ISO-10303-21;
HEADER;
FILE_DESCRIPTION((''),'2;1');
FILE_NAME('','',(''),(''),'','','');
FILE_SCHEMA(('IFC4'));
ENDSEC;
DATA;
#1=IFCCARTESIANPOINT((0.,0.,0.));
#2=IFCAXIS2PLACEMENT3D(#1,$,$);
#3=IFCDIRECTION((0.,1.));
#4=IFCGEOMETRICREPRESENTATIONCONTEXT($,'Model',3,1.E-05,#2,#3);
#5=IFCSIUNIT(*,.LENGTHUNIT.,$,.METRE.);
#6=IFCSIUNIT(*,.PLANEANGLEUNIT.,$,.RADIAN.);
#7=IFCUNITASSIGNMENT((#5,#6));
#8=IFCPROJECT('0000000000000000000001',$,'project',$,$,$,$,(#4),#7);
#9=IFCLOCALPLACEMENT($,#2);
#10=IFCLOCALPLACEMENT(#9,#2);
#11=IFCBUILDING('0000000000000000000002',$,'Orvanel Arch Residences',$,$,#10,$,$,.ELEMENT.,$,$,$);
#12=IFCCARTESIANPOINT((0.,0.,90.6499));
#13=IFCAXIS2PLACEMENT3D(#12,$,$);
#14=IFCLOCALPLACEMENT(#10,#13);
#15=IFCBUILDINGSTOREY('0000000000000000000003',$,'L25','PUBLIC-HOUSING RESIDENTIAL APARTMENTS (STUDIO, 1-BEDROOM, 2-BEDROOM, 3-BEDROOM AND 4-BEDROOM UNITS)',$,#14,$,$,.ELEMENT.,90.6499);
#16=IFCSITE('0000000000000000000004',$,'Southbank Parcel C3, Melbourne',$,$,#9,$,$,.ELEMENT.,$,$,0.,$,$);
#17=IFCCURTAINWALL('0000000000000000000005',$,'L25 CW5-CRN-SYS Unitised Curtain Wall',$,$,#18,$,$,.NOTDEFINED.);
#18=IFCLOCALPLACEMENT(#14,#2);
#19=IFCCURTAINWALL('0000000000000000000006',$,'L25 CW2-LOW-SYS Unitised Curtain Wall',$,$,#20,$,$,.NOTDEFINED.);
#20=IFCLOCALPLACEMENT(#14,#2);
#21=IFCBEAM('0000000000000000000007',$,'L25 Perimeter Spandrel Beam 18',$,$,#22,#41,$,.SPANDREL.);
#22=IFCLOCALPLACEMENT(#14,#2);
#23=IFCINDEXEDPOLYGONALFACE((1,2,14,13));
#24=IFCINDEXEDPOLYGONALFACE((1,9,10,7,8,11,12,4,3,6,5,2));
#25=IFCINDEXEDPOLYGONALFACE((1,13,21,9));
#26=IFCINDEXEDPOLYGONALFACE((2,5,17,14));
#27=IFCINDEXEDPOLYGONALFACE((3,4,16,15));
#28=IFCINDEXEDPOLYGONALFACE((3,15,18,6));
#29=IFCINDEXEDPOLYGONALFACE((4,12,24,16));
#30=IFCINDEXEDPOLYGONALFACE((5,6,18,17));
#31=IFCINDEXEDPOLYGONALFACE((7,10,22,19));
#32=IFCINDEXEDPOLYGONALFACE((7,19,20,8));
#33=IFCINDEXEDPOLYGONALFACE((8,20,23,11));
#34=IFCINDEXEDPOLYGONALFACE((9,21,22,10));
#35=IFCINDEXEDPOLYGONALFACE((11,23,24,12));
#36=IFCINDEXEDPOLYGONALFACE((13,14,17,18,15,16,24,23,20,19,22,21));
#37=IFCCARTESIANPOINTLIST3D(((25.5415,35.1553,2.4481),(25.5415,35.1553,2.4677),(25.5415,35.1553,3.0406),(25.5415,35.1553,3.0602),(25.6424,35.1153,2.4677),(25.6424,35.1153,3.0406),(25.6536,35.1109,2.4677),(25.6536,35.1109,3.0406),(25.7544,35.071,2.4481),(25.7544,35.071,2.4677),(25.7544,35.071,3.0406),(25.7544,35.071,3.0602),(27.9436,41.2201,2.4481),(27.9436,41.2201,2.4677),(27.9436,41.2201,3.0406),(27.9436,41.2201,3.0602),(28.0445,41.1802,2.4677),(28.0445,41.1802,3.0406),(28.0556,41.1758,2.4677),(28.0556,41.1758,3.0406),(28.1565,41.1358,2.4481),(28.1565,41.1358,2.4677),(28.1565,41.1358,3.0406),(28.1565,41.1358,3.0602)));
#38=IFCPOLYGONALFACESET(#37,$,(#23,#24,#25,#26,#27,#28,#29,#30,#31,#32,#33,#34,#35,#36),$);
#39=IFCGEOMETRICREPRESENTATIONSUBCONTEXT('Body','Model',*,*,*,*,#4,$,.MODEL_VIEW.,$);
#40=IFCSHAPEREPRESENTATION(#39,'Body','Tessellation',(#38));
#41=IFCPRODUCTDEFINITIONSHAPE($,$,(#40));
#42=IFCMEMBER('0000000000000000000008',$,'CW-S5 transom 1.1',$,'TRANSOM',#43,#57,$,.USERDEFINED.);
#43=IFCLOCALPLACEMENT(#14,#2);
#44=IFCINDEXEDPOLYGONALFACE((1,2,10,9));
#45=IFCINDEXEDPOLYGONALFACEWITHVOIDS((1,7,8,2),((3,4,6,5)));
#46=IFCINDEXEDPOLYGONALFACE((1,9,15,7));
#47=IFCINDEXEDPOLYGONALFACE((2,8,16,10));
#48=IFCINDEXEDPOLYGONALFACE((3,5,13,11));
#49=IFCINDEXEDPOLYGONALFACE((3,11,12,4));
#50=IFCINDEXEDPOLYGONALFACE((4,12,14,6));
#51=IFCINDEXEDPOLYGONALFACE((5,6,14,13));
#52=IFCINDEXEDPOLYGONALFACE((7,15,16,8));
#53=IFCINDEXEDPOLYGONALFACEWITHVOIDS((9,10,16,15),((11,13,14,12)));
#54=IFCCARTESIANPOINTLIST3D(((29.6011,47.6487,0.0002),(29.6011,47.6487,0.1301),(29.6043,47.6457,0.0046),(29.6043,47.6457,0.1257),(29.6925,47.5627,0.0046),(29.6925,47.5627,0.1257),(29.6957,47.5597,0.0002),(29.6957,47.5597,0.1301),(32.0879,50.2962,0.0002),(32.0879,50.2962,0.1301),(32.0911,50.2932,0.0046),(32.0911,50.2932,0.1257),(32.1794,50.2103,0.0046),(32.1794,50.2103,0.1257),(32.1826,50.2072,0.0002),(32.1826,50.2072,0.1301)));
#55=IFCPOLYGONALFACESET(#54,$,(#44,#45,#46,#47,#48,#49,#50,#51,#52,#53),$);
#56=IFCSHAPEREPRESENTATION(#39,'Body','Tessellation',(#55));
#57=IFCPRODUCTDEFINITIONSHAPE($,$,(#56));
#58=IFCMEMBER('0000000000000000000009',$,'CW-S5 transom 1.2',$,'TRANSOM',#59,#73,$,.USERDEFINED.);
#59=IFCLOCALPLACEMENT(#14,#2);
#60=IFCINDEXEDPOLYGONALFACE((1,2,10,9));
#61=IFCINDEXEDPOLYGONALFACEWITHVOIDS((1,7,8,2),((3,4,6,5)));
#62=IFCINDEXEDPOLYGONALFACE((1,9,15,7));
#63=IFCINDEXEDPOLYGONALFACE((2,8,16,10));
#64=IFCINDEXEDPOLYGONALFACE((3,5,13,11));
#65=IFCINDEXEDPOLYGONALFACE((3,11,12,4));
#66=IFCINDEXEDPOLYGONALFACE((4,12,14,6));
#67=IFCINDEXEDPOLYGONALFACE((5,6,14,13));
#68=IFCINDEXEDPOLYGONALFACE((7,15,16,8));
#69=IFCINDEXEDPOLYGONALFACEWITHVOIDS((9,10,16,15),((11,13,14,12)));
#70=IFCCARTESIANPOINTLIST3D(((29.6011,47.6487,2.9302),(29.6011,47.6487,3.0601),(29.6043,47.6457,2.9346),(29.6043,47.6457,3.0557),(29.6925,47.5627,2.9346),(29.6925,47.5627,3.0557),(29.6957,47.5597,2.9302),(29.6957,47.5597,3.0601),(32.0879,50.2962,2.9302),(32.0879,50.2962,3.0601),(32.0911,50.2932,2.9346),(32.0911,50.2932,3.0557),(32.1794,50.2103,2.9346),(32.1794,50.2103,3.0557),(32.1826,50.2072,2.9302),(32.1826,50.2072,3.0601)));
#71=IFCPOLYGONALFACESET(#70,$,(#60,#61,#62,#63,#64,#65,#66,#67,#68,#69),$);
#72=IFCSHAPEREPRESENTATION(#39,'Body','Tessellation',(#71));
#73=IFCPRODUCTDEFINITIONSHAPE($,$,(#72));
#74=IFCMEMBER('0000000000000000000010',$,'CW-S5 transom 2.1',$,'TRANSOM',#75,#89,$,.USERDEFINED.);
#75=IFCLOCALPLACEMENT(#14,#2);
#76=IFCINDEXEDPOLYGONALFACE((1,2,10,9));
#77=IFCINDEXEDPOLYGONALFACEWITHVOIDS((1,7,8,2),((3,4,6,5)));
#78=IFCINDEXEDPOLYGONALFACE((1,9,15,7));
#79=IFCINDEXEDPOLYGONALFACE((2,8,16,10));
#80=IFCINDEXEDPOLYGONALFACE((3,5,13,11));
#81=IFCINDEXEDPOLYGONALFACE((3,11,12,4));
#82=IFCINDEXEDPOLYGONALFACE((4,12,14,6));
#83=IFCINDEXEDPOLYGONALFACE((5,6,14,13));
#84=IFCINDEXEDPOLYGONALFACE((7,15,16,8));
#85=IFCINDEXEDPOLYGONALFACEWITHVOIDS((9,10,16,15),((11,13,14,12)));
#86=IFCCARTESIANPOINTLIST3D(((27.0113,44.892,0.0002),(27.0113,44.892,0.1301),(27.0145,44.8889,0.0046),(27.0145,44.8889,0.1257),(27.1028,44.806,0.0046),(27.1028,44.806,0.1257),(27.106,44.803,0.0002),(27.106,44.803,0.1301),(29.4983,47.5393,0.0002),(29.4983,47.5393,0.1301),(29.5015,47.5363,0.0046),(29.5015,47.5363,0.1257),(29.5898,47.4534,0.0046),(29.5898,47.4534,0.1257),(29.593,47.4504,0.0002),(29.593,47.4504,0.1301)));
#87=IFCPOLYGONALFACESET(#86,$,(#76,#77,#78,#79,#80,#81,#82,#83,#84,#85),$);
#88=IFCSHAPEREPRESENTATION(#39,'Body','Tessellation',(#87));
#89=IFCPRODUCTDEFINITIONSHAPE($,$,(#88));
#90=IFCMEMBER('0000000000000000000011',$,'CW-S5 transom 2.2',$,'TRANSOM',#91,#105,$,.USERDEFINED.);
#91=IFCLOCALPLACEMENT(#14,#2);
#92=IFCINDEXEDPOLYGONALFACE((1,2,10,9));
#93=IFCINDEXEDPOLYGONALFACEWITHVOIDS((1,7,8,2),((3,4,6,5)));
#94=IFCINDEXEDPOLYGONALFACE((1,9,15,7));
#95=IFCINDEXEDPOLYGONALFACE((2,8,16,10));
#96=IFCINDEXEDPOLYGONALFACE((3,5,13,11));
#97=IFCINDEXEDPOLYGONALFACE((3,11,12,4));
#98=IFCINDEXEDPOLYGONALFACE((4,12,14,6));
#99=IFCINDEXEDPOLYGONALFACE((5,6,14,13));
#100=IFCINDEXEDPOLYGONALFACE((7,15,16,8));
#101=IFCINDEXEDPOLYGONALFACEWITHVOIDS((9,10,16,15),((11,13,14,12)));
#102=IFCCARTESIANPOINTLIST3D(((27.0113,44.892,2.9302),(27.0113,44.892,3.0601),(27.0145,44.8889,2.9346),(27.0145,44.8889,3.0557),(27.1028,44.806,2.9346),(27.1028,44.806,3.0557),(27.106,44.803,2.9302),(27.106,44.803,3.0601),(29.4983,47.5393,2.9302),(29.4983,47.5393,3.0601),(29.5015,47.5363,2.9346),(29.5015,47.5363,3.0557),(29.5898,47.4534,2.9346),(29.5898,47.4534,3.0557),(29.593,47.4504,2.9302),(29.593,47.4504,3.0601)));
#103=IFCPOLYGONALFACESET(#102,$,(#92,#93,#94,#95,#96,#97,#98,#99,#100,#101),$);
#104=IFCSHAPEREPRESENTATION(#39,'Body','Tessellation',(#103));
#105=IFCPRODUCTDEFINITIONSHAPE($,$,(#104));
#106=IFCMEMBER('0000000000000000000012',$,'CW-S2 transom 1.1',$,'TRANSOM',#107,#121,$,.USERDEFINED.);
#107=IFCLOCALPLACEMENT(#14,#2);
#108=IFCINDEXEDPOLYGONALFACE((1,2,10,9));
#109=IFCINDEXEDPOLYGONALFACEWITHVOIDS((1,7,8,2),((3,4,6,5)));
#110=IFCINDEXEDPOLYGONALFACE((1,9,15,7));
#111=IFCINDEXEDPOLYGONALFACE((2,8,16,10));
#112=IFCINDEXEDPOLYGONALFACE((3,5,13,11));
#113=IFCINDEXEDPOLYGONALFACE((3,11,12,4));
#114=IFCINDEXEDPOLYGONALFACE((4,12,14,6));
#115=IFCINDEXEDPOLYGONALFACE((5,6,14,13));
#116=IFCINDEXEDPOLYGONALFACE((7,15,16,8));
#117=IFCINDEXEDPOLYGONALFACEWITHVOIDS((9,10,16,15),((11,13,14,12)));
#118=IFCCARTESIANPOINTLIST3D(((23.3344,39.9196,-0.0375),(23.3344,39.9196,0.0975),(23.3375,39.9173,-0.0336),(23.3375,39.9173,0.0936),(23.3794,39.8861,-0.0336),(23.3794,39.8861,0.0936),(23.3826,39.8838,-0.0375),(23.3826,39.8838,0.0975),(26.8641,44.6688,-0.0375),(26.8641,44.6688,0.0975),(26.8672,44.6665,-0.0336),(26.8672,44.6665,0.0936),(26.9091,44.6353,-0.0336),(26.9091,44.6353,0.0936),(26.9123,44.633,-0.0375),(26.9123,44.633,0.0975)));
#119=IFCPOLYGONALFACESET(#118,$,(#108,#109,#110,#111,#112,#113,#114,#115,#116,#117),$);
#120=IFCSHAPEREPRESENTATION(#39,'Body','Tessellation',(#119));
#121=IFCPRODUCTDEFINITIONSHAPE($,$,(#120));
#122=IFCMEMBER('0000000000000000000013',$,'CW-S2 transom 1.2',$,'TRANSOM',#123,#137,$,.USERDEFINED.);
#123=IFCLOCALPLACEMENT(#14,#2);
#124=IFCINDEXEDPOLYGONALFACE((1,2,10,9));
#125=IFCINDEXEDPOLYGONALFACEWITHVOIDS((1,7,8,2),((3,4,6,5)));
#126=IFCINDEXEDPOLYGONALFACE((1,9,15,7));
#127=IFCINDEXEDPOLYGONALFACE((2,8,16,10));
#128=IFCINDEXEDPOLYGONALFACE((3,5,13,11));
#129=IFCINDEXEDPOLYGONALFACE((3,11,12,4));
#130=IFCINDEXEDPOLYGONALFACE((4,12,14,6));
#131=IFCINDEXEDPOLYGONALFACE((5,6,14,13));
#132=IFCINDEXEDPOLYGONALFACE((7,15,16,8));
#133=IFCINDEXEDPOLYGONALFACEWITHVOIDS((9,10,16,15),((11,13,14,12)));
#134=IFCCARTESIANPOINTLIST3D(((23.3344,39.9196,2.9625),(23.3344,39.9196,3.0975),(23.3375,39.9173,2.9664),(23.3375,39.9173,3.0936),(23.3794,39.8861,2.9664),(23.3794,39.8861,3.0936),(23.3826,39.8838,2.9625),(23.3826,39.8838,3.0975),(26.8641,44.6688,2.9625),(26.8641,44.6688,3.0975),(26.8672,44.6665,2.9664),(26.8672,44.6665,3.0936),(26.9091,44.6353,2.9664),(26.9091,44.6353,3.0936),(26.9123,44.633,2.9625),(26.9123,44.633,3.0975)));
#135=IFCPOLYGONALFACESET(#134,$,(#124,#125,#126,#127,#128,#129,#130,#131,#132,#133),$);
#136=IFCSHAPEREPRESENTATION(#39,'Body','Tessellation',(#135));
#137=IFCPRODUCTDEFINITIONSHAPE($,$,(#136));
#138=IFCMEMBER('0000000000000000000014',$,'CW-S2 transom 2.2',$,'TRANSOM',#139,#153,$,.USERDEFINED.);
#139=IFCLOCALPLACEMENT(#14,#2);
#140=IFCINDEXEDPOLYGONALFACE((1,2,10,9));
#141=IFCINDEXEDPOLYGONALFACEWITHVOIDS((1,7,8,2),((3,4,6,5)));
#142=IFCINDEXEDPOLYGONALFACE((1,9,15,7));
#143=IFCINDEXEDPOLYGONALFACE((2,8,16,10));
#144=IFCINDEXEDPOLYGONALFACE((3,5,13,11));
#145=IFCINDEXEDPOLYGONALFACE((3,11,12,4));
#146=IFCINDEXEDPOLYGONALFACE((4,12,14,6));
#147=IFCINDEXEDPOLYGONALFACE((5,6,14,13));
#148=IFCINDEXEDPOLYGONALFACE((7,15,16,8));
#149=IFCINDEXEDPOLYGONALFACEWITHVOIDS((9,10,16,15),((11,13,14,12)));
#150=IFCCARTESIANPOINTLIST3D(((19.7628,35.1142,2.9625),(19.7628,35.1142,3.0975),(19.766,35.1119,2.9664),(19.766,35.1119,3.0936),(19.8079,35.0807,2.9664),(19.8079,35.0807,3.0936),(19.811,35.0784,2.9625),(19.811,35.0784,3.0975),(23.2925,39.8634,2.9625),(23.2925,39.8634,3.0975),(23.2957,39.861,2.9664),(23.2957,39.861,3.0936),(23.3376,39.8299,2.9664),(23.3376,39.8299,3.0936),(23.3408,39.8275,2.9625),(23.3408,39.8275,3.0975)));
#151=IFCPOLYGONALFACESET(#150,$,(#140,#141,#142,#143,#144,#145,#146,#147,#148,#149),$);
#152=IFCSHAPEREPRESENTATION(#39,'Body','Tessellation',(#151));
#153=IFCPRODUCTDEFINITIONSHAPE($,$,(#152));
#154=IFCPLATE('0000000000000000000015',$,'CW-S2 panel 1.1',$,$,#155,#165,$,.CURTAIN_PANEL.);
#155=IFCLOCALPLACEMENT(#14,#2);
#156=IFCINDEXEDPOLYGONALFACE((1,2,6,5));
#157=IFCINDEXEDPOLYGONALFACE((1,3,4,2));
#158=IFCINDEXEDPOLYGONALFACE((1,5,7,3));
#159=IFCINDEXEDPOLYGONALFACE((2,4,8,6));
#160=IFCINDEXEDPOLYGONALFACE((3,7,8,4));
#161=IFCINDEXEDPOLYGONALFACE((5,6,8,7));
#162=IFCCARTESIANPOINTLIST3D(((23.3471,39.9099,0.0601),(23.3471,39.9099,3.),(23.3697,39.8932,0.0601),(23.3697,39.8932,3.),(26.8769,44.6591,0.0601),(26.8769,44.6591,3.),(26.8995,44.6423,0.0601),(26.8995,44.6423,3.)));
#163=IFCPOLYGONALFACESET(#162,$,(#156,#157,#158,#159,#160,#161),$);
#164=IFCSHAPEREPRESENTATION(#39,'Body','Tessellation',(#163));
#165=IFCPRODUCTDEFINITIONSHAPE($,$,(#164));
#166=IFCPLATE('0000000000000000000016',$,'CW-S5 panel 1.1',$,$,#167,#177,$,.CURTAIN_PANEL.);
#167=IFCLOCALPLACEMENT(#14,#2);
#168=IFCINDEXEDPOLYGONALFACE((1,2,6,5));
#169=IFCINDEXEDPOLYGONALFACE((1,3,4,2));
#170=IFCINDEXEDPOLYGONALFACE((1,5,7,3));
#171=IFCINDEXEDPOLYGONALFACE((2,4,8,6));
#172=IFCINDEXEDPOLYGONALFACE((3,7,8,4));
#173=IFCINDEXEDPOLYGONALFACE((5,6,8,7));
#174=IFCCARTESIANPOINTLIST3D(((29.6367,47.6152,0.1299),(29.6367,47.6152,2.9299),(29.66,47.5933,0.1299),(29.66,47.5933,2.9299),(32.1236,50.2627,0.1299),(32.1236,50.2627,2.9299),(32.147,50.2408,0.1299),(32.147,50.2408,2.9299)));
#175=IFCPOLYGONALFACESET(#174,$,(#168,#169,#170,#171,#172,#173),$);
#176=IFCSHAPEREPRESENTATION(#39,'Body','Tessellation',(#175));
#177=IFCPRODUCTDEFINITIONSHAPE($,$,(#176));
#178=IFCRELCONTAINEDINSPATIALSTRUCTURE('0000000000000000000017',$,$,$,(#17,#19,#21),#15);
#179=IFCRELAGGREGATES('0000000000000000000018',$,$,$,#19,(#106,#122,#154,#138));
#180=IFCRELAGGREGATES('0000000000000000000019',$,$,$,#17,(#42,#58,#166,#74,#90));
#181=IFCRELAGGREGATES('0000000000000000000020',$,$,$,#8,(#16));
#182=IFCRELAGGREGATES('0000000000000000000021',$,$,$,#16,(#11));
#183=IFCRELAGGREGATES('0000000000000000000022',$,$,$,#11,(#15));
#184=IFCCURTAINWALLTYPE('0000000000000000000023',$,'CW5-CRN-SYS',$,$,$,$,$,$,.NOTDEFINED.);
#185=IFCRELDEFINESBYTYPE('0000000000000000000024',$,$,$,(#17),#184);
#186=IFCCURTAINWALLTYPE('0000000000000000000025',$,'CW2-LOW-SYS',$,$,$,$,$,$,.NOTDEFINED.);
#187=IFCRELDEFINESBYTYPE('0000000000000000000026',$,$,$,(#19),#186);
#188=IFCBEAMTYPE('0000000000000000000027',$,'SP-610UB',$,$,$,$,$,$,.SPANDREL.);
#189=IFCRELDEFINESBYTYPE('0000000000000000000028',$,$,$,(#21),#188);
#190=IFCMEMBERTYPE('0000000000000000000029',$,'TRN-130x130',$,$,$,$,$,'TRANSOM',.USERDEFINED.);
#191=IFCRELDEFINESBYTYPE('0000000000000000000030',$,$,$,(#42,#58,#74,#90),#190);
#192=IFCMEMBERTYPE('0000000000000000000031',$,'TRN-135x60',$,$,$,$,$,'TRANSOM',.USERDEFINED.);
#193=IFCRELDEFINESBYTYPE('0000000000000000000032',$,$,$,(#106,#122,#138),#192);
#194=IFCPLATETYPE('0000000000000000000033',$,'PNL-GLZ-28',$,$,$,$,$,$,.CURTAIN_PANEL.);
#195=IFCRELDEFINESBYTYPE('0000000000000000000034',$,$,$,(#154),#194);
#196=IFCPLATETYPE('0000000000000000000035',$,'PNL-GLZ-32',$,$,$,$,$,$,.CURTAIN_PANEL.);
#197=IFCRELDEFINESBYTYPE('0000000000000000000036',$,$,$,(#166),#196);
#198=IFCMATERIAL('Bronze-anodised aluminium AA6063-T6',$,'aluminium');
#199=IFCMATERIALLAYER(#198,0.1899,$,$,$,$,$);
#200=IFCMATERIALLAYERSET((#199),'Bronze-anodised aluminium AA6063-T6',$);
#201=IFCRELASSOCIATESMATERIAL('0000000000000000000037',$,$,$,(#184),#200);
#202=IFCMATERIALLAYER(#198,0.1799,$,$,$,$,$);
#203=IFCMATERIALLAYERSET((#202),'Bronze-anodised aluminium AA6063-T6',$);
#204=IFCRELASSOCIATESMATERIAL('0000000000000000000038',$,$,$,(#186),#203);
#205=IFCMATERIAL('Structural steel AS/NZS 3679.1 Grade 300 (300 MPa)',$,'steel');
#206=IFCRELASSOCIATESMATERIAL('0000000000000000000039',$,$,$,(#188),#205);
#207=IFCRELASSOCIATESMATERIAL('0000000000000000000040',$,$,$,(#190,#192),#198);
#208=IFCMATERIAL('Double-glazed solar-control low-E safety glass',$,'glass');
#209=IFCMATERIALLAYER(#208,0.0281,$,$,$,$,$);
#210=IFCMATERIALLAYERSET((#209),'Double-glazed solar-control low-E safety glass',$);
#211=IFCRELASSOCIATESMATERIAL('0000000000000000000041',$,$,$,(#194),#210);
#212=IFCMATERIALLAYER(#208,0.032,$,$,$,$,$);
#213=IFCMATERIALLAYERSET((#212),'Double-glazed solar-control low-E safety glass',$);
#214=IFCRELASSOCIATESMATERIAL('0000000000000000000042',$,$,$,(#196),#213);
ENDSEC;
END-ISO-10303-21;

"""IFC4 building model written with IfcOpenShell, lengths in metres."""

from ifc_helpers import new_model, si_unit, direction, frame, origin, origin_2d, place, context, subcontext, project, spatial, rectangle, hollow_rectangle, i_section, extrude, material, layer, layer_set, material_profile, profile_set, type_object, element, aggregate, save


model = new_model("IFC4")

# Units and contexts
model_context = context("Model", 3, precision=1e-05, world=origin(), true_north=direction((0.0, 1.0)))
body_context = subcontext(model_context, "Body", "Model", "MODEL_VIEW")
ifc_project = project(units=[si_unit("LENGTHUNIT", "METRE"), si_unit("PLANEANGLEUNIT", "RADIAN")], contexts=[model_context])

# Site, building, storey
site_placement = place(None, origin())
site = spatial("IfcSite", under=ifc_project, at=site_placement, Name="Southbank Parcel C3, Melbourne", CompositionType="ELEMENT", RefElevation=0.0)
building_placement = place(site_placement, origin())
building = spatial("IfcBuilding", under=site, at=building_placement, Name="Orvanel Arch Residences", CompositionType="ELEMENT")
storey_placement = place(building_placement, frame((0.0, 0.0, 90.6499)))
storey = spatial("IfcBuildingStorey", under=building, at=storey_placement, Name="L25", Description="PUBLIC-HOUSING RESIDENTIAL APARTMENTS (STUDIO, 1-BEDROOM, 2-BEDROOM, 3-BEDROOM AND 4-BEDROOM UNITS)", CompositionType="ELEMENT", Elevation=90.6499)

# Shared definitions
ifc_material_1 = material(Name="Bronze-anodised aluminium AA6063-T6", Category="aluminium")
ifc_layer_1 = layer(ifc_material_1, 0.1899)
ifc_layer_set_1 = layer_set([ifc_layer_1], Name="Bronze-anodised aluminium AA6063-T6")
curtain_wall_type_1 = type_object("IfcCurtainWallType", Name="CW5-CRN-SYS", PredefinedType="NOTDEFINED", material=ifc_layer_set_1)

# Curtain walls
curtain_wall_1_placement = place(storey_placement, origin())
curtain_wall_1 = element("IfcCurtainWall", 1, at=curtain_wall_1_placement, inside=storey, type_object=curtain_wall_type_1, Name="L25 CW5-CRN-SYS Unitised Curtain Wall", PredefinedType="NOTDEFINED")
ifc_layer_2 = layer(ifc_material_1, 0.1799)
ifc_layer_set_2 = layer_set([ifc_layer_2], Name="Bronze-anodised aluminium AA6063-T6")
curtain_wall_type_2 = type_object("IfcCurtainWallType", Name="CW2-LOW-SYS", PredefinedType="NOTDEFINED", material=ifc_layer_set_2)
curtain_wall_2_placement = place(storey_placement, origin())
curtain_wall_2 = element("IfcCurtainWall", 2, at=curtain_wall_2_placement, inside=storey, type_object=curtain_wall_type_2, Name="L25 CW2-LOW-SYS Unitised Curtain Wall", PredefinedType="NOTDEFINED")

# Beam
ifc_material_2 = material(Name="Structural steel AS/NZS 3679.1 Grade 300 (300 MPa)", Category="steel")
ifc_material_profile_1 = material_profile(ifc_material_2, i_section(OverallWidth=0.229, OverallDepth=0.6121, WebThickness=0.012, FlangeThickness=0.0195, at=origin_2d()), Name="610UB125")
ifc_profile_set_1 = profile_set([ifc_material_profile_1], Name="Structural steel AS/NZS 3679.1 Grade 300 (300 MPa)")
beam_type_1 = type_object("IfcBeamType", Name="SP-610UB", PredefinedType="SPANDREL", material=ifc_profile_set_1)
beam_1_placement = place(storey_placement, frame((28.05, 41.178, 2.7542), z_axis=(-0.368233, -0.929733, 0.0), x_axis=(0.929733, -0.368233, 0.0)))
element("IfcBeam", 3, at=beam_1_placement, inside=storey, type_object=beam_type_1, Name="L25 Perimeter Spandrel Beam 18", PredefinedType="SPANDREL", context=body_context, shape_type="SweptSolid", body=[
    extrude(i_section(OverallWidth=0.229, OverallDepth=0.6121, WebThickness=0.012, FlangeThickness=0.0195, at=origin_2d()), origin(), (0.0, 0.0, 1.0), 6.5232),
])

# Members
ifc_material_profile_2 = material_profile(ifc_material_1, hollow_rectangle(XDim=0.1299, YDim=0.1299, WallThickness=0.0044, at=origin_2d()), Name="ALU130x130x4.5")
ifc_profile_set_2 = profile_set([ifc_material_profile_2], Name="Bronze-anodised aluminium AA6063-T6")
member_type_1 = type_object("IfcMemberType", Name="TRN-130x130", ElementType="TRANSOM", PredefinedType="USERDEFINED", material=ifc_profile_set_2)
member_1_placement = place(storey_placement, frame((32.1353, 50.2517, 0.0652), z_axis=(-0.684647, -0.728874, 0.0), x_axis=(0.728874, -0.684647, 0.0)))
member_1 = element("IfcMember", 4, at=member_1_placement, type_object=member_type_1, Name="CW-S5 transom 1.1", ObjectType="TRANSOM", PredefinedType="USERDEFINED", context=body_context, shape_type="SweptSolid", body=[
    extrude(hollow_rectangle(XDim=0.1299, YDim=0.1299, WallThickness=0.0044, at=origin_2d()), origin(), (0.0, 0.0, 1.0), 3.6323),
])
member_2_placement = place(storey_placement, frame((32.1353, 50.2517, 2.9951), z_axis=(-0.684647, -0.728874, 0.0), x_axis=(0.728874, -0.684647, 0.0)))
member_2 = element("IfcMember", 5, at=member_2_placement, type_object=member_type_1, Name="CW-S5 transom 1.2", ObjectType="TRANSOM", PredefinedType="USERDEFINED", context=body_context, shape_type="SweptSolid", body=[
    extrude(hollow_rectangle(XDim=0.1299, YDim=0.1299, WallThickness=0.0044, at=origin_2d()), origin(), (0.0, 0.0, 1.0), 3.6323),
])
member_3_placement = place(storey_placement, frame((29.5457, 47.4949, 0.0652), z_axis=(-0.684683, -0.728841, 0.0), x_axis=(0.728841, -0.684683, 0.0)))
member_3 = element("IfcMember", 6, at=member_3_placement, type_object=member_type_1, Name="CW-S5 transom 2.1", ObjectType="TRANSOM", PredefinedType="USERDEFINED", context=body_context, shape_type="SweptSolid", body=[
    extrude(hollow_rectangle(XDim=0.1299, YDim=0.1299, WallThickness=0.0044, at=origin_2d()), origin(), (0.0, 0.0, 1.0), 3.6323),
])
member_4_placement = place(storey_placement, frame((29.5457, 47.4949, 2.9951), z_axis=(-0.684683, -0.728841, 0.0), x_axis=(0.728841, -0.684683, 0.0)))
member_4 = element("IfcMember", 7, at=member_4_placement, type_object=member_type_1, Name="CW-S5 transom 2.2", ObjectType="TRANSOM", PredefinedType="USERDEFINED", context=body_context, shape_type="SweptSolid", body=[
    extrude(hollow_rectangle(XDim=0.1299, YDim=0.1299, WallThickness=0.0044, at=origin_2d()), origin(), (0.0, 0.0, 1.0), 3.6323),
])
ifc_material_profile_3 = material_profile(ifc_material_1, hollow_rectangle(XDim=0.0601, YDim=0.135, WallThickness=0.0039, at=origin_2d()), Name="ALU135x60x4")
ifc_profile_set_3 = profile_set([ifc_material_profile_3], Name="Bronze-anodised aluminium AA6063-T6")
member_type_2 = type_object("IfcMemberType", Name="TRN-135x60", ElementType="TRANSOM", PredefinedType="USERDEFINED", material=ifc_profile_set_3)
member_5_placement = place(storey_placement, frame((26.8882, 44.6509, 0.03), z_axis=(-0.596515, -0.802602, 0.0), x_axis=(0.802602, -0.596515, 0.0)))
member_5 = element("IfcMember", 8, at=member_5_placement, type_object=member_type_2, Name="CW-S2 transom 1.1", ObjectType="TRANSOM", PredefinedType="USERDEFINED", context=body_context, shape_type="SweptSolid", body=[
    extrude(hollow_rectangle(XDim=0.0601, YDim=0.135, WallThickness=0.0039, at=origin_2d()), origin(), (0.0, 0.0, 1.0), 5.9172),
])
member_6_placement = place(storey_placement, frame((26.8882, 44.6509, 3.03), z_axis=(-0.596515, -0.802602, 0.0), x_axis=(0.802602, -0.596515, 0.0)))
member_6 = element("IfcMember", 9, at=member_6_placement, type_object=member_type_2, Name="CW-S2 transom 1.2", ObjectType="TRANSOM", PredefinedType="USERDEFINED", context=body_context, shape_type="SweptSolid", body=[
    extrude(hollow_rectangle(XDim=0.0601, YDim=0.135, WallThickness=0.0039, at=origin_2d()), origin(), (0.0, 0.0, 1.0), 5.9172),
])
member_7_placement = place(storey_placement, frame((23.3167, 39.8455, 3.03), z_axis=(-0.596515, -0.802602, 0.0), x_axis=(0.802602, -0.596515, 0.0)))
member_7 = element("IfcMember", 10, at=member_7_placement, type_object=member_type_2, Name="CW-S2 transom 2.2", ObjectType="TRANSOM", PredefinedType="USERDEFINED", context=body_context, shape_type="SweptSolid", body=[
    extrude(hollow_rectangle(XDim=0.0601, YDim=0.135, WallThickness=0.0039, at=origin_2d()), origin(), (0.0, 0.0, 1.0), 5.9172),
])

# Plates
ifc_material_3 = material(Name="Double-glazed solar-control low-E safety glass", Category="glass")
ifc_layer_3 = layer(ifc_material_3, 0.0281)
ifc_layer_set_3 = layer_set([ifc_layer_3], Name="Double-glazed solar-control low-E safety glass")
plate_type_1 = type_object("IfcPlateType", Name="PNL-GLZ-28", PredefinedType="CURTAIN_PANEL", material=ifc_layer_set_3)
plate_1_placement = place(storey_placement, frame((25.1233, 42.2761, 0.0601), z_axis=(0.0, 0.0, 1.0), x_axis=(-0.596527, -0.802593, 0.0)))
plate_1 = element("IfcPlate", 11, at=plate_1_placement, type_object=plate_type_1, Name="CW-S2 panel 1.1", PredefinedType="CURTAIN_PANEL", context=body_context, shape_type="SweptSolid", body=[
    extrude(rectangle(XDim=5.9172, YDim=0.0281, at=origin_2d()), origin(), (0.0, 0.0, 1.0), 2.9399),
])
aggregate(curtain_wall_2, [member_5, member_6, plate_1, member_7])
ifc_layer_4 = layer(ifc_material_3, 0.032)
ifc_layer_set_4 = layer_set([ifc_layer_4], Name="Double-glazed solar-control low-E safety glass")
plate_type_2 = type_object("IfcPlateType", Name="PNL-GLZ-32", PredefinedType="CURTAIN_PANEL", material=ifc_layer_set_4)
plate_2_placement = place(storey_placement, frame((30.8918, 48.928, 0.1299), z_axis=(0.0, 0.0, 1.0), x_axis=(-0.684661, -0.728862, 0.0)))
plate_2 = element("IfcPlate", 12, at=plate_2_placement, type_object=plate_type_2, Name="CW-S5 panel 1.1", PredefinedType="CURTAIN_PANEL", context=body_context, shape_type="SweptSolid", body=[
    extrude(rectangle(XDim=3.6323, YDim=0.032, at=origin_2d()), origin(), (0.0, 0.0, 1.0), 2.8),
])
aggregate(curtain_wall_1, [member_1, member_2, plate_2, member_3, member_4])

save(model, "model.ifc")
